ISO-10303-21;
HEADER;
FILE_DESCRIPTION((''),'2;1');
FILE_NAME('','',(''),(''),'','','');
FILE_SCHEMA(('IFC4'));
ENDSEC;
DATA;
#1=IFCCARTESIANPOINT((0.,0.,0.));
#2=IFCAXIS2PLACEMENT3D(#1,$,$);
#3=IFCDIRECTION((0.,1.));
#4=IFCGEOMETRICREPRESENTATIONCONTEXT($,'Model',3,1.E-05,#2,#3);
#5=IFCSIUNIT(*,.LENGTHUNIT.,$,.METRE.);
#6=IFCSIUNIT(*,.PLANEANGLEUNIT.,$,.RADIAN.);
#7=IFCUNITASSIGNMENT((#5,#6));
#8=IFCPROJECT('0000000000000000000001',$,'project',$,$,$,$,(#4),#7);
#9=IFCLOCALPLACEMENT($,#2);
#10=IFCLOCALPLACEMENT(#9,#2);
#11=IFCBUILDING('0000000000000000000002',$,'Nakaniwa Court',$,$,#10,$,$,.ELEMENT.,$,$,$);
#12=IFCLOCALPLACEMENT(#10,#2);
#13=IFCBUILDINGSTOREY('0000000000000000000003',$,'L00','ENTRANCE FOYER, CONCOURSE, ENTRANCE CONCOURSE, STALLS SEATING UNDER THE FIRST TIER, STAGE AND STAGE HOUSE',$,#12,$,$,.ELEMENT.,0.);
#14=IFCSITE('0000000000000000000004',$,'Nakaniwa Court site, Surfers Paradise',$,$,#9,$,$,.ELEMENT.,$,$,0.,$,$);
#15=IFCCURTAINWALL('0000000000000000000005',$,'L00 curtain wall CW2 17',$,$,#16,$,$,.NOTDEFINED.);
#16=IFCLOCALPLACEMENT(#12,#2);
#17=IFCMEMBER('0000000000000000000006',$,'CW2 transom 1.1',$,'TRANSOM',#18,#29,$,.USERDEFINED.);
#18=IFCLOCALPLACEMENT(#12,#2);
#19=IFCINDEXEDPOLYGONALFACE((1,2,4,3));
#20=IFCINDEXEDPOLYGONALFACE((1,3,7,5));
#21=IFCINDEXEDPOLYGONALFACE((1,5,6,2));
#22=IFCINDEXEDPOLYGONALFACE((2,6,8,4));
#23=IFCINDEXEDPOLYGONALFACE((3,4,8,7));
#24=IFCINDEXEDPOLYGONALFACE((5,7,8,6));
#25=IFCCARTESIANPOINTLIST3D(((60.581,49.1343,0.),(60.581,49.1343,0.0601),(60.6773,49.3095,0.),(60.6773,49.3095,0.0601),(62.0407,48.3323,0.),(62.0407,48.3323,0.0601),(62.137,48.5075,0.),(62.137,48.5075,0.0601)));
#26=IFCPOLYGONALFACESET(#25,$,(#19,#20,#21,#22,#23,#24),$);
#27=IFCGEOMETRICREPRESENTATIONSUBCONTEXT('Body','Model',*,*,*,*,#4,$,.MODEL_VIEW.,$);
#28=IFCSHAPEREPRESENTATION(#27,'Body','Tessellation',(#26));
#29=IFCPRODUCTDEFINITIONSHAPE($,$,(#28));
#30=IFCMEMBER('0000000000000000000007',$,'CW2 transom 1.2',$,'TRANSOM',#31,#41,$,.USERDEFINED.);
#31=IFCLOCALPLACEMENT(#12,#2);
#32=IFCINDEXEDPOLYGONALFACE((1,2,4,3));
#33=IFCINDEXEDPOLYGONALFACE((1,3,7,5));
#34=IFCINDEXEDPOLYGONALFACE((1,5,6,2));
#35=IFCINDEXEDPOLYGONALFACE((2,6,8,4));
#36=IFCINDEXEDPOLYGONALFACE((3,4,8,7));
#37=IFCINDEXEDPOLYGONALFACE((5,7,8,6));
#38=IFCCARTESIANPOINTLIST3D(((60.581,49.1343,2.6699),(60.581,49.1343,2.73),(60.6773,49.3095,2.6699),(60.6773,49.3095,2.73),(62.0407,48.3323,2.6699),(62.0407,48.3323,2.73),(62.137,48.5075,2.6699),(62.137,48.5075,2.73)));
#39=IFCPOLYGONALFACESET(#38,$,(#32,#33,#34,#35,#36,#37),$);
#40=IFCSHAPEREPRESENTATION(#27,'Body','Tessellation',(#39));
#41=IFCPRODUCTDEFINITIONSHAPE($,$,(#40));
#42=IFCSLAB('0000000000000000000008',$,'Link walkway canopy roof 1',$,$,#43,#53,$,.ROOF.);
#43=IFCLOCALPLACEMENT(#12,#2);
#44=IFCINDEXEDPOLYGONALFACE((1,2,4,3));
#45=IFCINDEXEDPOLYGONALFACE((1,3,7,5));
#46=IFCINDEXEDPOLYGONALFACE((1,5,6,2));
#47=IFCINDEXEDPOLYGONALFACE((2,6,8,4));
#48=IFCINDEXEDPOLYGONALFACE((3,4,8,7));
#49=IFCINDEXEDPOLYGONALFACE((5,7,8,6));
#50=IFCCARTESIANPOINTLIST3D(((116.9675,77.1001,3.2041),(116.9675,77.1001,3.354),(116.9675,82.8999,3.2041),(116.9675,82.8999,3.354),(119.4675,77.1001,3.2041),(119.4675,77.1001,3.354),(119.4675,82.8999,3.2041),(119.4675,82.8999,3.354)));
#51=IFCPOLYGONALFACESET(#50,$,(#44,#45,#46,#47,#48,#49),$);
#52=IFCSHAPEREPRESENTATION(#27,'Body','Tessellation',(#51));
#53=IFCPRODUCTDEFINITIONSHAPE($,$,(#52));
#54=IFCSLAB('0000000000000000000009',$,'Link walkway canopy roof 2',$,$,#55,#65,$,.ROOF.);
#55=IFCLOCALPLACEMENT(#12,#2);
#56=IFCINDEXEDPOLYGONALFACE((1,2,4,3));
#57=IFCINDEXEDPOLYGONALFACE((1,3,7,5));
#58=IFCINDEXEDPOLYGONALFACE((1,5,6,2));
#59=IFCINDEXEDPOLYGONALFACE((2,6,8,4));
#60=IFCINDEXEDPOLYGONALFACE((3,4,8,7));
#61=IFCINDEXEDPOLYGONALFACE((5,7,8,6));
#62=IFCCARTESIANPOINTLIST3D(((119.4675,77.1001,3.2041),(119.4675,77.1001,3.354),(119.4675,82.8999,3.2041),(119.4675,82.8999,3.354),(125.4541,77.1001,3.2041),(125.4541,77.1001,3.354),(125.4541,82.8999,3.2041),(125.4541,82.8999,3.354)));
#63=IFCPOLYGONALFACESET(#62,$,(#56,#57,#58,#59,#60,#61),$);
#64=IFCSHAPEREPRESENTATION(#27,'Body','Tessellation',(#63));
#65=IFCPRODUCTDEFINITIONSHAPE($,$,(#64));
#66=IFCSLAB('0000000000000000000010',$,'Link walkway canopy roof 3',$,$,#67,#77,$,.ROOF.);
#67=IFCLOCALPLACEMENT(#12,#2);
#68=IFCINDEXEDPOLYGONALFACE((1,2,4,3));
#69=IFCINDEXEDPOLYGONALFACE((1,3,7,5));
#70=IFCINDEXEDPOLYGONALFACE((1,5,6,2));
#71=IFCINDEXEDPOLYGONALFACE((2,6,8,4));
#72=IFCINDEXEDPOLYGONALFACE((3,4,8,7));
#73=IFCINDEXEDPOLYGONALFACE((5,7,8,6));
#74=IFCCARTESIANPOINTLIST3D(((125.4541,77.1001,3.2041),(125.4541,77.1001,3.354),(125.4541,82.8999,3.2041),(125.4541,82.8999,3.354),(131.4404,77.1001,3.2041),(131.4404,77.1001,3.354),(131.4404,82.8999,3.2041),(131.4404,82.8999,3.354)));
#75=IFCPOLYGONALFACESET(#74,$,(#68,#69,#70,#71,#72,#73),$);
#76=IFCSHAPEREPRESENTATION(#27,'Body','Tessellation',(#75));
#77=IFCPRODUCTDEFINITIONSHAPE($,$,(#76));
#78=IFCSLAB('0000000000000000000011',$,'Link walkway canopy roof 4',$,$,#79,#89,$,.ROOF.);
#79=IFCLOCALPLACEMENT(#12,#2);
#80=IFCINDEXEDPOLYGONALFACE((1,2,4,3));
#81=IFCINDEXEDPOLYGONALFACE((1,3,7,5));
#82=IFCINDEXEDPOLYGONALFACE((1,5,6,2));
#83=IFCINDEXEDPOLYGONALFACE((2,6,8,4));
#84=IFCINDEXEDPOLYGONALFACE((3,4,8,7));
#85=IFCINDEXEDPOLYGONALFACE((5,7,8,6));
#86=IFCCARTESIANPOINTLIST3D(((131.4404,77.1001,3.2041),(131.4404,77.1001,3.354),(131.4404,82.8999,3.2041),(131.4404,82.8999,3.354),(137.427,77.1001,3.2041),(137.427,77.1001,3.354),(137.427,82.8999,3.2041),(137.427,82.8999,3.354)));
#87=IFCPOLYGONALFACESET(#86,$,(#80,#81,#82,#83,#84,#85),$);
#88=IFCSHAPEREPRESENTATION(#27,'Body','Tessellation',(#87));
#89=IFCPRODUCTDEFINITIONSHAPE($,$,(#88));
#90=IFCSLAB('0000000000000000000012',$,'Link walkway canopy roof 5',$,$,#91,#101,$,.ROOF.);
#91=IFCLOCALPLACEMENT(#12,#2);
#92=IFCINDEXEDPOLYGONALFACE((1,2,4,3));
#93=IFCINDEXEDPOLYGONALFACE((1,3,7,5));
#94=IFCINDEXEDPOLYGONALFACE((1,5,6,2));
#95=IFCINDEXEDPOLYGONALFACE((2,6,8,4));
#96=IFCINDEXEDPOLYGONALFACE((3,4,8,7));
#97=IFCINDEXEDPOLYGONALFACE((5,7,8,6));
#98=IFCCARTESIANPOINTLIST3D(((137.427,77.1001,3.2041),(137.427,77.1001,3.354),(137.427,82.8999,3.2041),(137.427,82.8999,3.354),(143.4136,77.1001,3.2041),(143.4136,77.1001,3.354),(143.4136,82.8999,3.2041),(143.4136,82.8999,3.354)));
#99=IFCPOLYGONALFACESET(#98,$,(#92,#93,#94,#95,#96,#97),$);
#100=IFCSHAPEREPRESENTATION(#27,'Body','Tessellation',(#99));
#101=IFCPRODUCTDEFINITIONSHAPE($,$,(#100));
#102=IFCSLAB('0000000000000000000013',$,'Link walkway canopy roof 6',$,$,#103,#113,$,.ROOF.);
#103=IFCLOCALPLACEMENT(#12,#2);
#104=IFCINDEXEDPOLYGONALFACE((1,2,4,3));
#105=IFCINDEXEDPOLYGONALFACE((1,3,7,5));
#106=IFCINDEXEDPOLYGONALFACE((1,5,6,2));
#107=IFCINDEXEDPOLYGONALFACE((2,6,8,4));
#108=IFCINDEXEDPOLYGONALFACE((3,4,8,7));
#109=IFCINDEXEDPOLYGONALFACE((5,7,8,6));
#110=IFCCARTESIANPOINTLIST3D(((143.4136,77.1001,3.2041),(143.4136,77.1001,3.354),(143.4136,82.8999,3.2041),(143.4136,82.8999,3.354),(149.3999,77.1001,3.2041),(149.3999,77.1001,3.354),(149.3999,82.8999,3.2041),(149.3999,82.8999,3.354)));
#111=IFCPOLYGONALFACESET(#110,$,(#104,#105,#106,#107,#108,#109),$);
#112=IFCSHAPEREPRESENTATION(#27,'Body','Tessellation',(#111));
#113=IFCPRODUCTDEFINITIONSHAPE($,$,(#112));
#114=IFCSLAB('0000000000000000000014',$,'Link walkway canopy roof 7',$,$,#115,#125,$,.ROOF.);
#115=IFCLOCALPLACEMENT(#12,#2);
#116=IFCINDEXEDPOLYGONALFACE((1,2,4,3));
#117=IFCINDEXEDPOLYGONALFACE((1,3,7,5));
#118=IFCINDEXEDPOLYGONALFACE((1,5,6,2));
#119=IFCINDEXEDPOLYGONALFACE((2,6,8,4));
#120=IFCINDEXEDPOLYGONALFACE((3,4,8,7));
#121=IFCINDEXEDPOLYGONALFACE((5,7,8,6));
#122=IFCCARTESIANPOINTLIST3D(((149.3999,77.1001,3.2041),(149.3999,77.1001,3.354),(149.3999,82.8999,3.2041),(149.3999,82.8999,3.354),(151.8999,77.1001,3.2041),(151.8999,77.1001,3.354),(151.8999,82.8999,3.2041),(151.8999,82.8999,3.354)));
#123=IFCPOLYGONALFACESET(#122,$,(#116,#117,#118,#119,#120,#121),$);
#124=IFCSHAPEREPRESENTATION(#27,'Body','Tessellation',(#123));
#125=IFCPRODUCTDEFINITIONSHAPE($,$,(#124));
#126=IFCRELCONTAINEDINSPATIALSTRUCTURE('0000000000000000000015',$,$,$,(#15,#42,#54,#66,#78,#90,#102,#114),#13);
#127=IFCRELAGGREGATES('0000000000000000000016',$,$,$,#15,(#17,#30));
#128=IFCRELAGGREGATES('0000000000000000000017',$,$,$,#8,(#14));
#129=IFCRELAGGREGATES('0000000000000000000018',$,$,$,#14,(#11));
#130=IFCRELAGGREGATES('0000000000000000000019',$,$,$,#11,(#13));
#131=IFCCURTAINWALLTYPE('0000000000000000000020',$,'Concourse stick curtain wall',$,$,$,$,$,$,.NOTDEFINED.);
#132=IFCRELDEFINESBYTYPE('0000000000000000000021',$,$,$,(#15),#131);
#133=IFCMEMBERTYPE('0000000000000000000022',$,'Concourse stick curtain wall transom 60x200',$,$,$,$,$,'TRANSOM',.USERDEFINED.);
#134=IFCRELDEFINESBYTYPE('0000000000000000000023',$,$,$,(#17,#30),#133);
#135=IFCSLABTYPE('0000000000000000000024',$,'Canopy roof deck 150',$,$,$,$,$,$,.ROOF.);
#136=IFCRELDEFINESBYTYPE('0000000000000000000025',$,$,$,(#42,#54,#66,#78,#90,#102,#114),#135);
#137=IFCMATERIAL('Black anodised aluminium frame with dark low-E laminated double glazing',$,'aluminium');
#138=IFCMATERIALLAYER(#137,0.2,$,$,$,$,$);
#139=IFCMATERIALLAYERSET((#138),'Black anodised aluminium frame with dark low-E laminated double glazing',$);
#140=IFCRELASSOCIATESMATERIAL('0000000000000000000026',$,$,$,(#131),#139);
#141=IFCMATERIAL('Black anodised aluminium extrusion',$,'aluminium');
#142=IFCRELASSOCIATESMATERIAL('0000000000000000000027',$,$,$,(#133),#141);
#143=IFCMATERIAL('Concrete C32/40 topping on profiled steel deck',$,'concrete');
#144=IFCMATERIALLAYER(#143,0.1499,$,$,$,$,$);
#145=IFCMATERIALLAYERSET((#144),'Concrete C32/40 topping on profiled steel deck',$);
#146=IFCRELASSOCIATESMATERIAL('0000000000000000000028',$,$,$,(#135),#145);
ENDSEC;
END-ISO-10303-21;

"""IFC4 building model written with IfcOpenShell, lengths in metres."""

from ifc_helpers import new_model, si_unit, direction, frame, origin, origin_2d, place, context, subcontext, project, spatial, polyline, rectangle, outline, extrude, material, layer, layer_set, material_profile, profile_set, type_object, element, aggregate, save


model = new_model("IFC4")

# Units and contexts
model_context = context("Model", 3, precision=1e-05, world=origin(), true_north=direction((0.0, 1.0)))
body_context = subcontext(model_context, "Body", "Model", "MODEL_VIEW")
ifc_project = project(units=[si_unit("LENGTHUNIT", "METRE"), si_unit("PLANEANGLEUNIT", "RADIAN")], contexts=[model_context])

# Site, building, storey
site_placement = place(None, origin())
site = spatial("IfcSite", under=ifc_project, at=site_placement, Name="Nakaniwa Court site, Surfers Paradise", CompositionType="ELEMENT", RefElevation=0.0)
building_placement = place(site_placement, origin())
building = spatial("IfcBuilding", under=site, at=building_placement, Name="Nakaniwa Court", CompositionType="ELEMENT")
storey_placement = place(building_placement, origin())
storey = spatial("IfcBuildingStorey", under=building, at=storey_placement, Name="L00", Description="ENTRANCE FOYER, CONCOURSE, ENTRANCE CONCOURSE, STALLS SEATING UNDER THE FIRST TIER, STAGE AND STAGE HOUSE", CompositionType="ELEMENT", Elevation=0.0)

# Shared definitions
ifc_material_1 = material(Name="Black anodised aluminium frame with dark low-E laminated double glazing", Category="aluminium")
ifc_layer_1 = layer(ifc_material_1, 0.2)
ifc_layer_set_1 = layer_set([ifc_layer_1], Name="Black anodised aluminium frame with dark low-E laminated double glazing")
curtain_wall_type = type_object("IfcCurtainWallType", Name="Concourse stick curtain wall", PredefinedType="NOTDEFINED", material=ifc_layer_set_1)
ifc_material_2 = material(Name="Black anodised aluminium extrusion", Category="aluminium")

# Curtain wall, members
curtain_wall_1_placement = place(storey_placement, origin())
curtain_wall_1 = element("IfcCurtainWall", 1, at=curtain_wall_1_placement, inside=storey, type_object=curtain_wall_type, Name="L00 curtain wall CW2 17", PredefinedType="NOTDEFINED")
ifc_material_profile_1 = material_profile(ifc_material_2, rectangle(XDim=0.2, YDim=0.0601, at=origin_2d()), Name="Concourse stick curtain wall transom 60x200")
ifc_profile_set_1 = profile_set([ifc_material_profile_1], Name="Black anodised aluminium extrusion")
member_type_1 = type_object("IfcMemberType", Name="Concourse stick curtain wall transom 60x200", ElementType="TRANSOM", PredefinedType="USERDEFINED", material=ifc_profile_set_1)
member_1_placement = place(storey_placement, frame((60.6292, 49.2219, 0.03), z_axis=(0.876429, -0.48153, 0.0), x_axis=(0.48153, 0.876429, 0.0)))
member_1 = element("IfcMember", 2, at=member_1_placement, type_object=member_type_1, Name="CW2 transom 1.1", ObjectType="TRANSOM", PredefinedType="USERDEFINED", context=body_context, shape_type="SweptSolid", body=[
    extrude(rectangle(XDim=0.2, YDim=0.0601, at=origin_2d()), origin(), (0.0, 0.0, 1.0), 1.6655),
])
member_2_placement = place(storey_placement, frame((60.6292, 49.2219, 2.7), z_axis=(0.876429, -0.48153, 0.0), x_axis=(0.48153, 0.876429, 0.0)))
member_2 = element("IfcMember", 3, at=member_2_placement, type_object=member_type_1, Name="CW2 transom 1.2", ObjectType="TRANSOM", PredefinedType="USERDEFINED", context=body_context, shape_type="SweptSolid", body=[
    extrude(rectangle(XDim=0.2, YDim=0.0601, at=origin_2d()), origin(), (0.0, 0.0, 1.0), 1.6655),
])
aggregate(curtain_wall_1, [member_1, member_2])

# Slabs
ifc_material_3 = material(Name="Concrete C32/40 topping on profiled steel deck", Category="concrete")
ifc_layer_2 = layer(ifc_material_3, 0.1499)
ifc_layer_set_2 = layer_set([ifc_layer_2], Name="Concrete C32/40 topping on profiled steel deck")
slab_type = type_object("IfcSlabType", Name="Canopy roof deck 150", PredefinedType="ROOF", material=ifc_layer_set_2)
slab_1_placement = place(storey_placement, frame((0.0, 0.0, 3.2041)))
element("IfcSlab", 4, at=slab_1_placement, inside=storey, type_object=slab_type, Name="Link walkway canopy roof 1", PredefinedType="ROOF", context=body_context, shape_type="SweptSolid", body=[
    extrude(outline(polyline([(119.4675, 77.1001), (119.4675, 82.8999), (116.9675, 82.8999), (116.9675, 77.1001), (119.4675, 77.1001)])), origin(), (0.0, 0.0, 1.0), 0.1499),
])
slab_2_placement = place(storey_placement, frame((0.0, 0.0, 3.2041)))
element("IfcSlab", 5, at=slab_2_placement, inside=storey, type_object=slab_type, Name="Link walkway canopy roof 2", PredefinedType="ROOF", context=body_context, shape_type="SweptSolid", body=[
    extrude(outline(polyline([(125.4541, 77.1001), (125.4541, 82.8999), (119.4675, 82.8999), (119.4675, 77.1001), (125.4541, 77.1001)])), origin(), (0.0, 0.0, 1.0), 0.1499),
])
slab_3_placement = place(storey_placement, frame((0.0, 0.0, 3.2041)))
element("IfcSlab", 6, at=slab_3_placement, inside=storey, type_object=slab_type, Name="Link walkway canopy roof 3", PredefinedType="ROOF", context=body_context, shape_type="SweptSolid", body=[
    extrude(outline(polyline([(131.4404, 77.1001), (131.4404, 82.8999), (125.4541, 82.8999), (125.4541, 77.1001), (131.4404, 77.1001)])), origin(), (0.0, 0.0, 1.0), 0.1499),
])
slab_4_placement = place(storey_placement, frame((0.0, 0.0, 3.2041)))
element("IfcSlab", 7, at=slab_4_placement, inside=storey, type_object=slab_type, Name="Link walkway canopy roof 4", PredefinedType="ROOF", context=body_context, shape_type="SweptSolid", body=[
    extrude(outline(polyline([(137.427, 77.1001), (137.427, 82.8999), (131.4404, 82.8999), (131.4404, 77.1001), (137.427, 77.1001)])), origin(), (0.0, 0.0, 1.0), 0.1499),
])
slab_5_placement = place(storey_placement, frame((0.0, 0.0, 3.2041)))
element("IfcSlab", 8, at=slab_5_placement, inside=storey, type_object=slab_type, Name="Link walkway canopy roof 5", PredefinedType="ROOF", context=body_context, shape_type="SweptSolid", body=[
    extrude(outline(polyline([(143.4136, 77.1001), (143.4136, 82.8999), (137.427, 82.8999), (137.427, 77.1001), (143.4136, 77.1001)])), origin(), (0.0, 0.0, 1.0), 0.1499),
])
slab_6_placement = place(storey_placement, frame((0.0, 0.0, 3.2041)))
element("IfcSlab", 9, at=slab_6_placement, inside=storey, type_object=slab_type, Name="Link walkway canopy roof 6", PredefinedType="ROOF", context=body_context, shape_type="SweptSolid", body=[
    extrude(outline(polyline([(149.3999, 77.1001), (149.3999, 82.8999), (143.4136, 82.8999), (143.4136, 77.1001), (149.3999, 77.1001)])), origin(), (0.0, 0.0, 1.0), 0.1499),
])
slab_7_placement = place(storey_placement, frame((0.0, 0.0, 3.2041)))
element("IfcSlab", 10, at=slab_7_placement, inside=storey, type_object=slab_type, Name="Link walkway canopy roof 7", PredefinedType="ROOF", context=body_context, shape_type="SweptSolid", body=[
    extrude(outline(polyline([(151.8999, 77.1001), (151.8999, 82.8999), (149.3999, 82.8999), (149.3999, 77.1001), (151.8999, 77.1001)])), origin(), (0.0, 0.0, 1.0), 0.1499),
])

save(model, "model.ifc")
